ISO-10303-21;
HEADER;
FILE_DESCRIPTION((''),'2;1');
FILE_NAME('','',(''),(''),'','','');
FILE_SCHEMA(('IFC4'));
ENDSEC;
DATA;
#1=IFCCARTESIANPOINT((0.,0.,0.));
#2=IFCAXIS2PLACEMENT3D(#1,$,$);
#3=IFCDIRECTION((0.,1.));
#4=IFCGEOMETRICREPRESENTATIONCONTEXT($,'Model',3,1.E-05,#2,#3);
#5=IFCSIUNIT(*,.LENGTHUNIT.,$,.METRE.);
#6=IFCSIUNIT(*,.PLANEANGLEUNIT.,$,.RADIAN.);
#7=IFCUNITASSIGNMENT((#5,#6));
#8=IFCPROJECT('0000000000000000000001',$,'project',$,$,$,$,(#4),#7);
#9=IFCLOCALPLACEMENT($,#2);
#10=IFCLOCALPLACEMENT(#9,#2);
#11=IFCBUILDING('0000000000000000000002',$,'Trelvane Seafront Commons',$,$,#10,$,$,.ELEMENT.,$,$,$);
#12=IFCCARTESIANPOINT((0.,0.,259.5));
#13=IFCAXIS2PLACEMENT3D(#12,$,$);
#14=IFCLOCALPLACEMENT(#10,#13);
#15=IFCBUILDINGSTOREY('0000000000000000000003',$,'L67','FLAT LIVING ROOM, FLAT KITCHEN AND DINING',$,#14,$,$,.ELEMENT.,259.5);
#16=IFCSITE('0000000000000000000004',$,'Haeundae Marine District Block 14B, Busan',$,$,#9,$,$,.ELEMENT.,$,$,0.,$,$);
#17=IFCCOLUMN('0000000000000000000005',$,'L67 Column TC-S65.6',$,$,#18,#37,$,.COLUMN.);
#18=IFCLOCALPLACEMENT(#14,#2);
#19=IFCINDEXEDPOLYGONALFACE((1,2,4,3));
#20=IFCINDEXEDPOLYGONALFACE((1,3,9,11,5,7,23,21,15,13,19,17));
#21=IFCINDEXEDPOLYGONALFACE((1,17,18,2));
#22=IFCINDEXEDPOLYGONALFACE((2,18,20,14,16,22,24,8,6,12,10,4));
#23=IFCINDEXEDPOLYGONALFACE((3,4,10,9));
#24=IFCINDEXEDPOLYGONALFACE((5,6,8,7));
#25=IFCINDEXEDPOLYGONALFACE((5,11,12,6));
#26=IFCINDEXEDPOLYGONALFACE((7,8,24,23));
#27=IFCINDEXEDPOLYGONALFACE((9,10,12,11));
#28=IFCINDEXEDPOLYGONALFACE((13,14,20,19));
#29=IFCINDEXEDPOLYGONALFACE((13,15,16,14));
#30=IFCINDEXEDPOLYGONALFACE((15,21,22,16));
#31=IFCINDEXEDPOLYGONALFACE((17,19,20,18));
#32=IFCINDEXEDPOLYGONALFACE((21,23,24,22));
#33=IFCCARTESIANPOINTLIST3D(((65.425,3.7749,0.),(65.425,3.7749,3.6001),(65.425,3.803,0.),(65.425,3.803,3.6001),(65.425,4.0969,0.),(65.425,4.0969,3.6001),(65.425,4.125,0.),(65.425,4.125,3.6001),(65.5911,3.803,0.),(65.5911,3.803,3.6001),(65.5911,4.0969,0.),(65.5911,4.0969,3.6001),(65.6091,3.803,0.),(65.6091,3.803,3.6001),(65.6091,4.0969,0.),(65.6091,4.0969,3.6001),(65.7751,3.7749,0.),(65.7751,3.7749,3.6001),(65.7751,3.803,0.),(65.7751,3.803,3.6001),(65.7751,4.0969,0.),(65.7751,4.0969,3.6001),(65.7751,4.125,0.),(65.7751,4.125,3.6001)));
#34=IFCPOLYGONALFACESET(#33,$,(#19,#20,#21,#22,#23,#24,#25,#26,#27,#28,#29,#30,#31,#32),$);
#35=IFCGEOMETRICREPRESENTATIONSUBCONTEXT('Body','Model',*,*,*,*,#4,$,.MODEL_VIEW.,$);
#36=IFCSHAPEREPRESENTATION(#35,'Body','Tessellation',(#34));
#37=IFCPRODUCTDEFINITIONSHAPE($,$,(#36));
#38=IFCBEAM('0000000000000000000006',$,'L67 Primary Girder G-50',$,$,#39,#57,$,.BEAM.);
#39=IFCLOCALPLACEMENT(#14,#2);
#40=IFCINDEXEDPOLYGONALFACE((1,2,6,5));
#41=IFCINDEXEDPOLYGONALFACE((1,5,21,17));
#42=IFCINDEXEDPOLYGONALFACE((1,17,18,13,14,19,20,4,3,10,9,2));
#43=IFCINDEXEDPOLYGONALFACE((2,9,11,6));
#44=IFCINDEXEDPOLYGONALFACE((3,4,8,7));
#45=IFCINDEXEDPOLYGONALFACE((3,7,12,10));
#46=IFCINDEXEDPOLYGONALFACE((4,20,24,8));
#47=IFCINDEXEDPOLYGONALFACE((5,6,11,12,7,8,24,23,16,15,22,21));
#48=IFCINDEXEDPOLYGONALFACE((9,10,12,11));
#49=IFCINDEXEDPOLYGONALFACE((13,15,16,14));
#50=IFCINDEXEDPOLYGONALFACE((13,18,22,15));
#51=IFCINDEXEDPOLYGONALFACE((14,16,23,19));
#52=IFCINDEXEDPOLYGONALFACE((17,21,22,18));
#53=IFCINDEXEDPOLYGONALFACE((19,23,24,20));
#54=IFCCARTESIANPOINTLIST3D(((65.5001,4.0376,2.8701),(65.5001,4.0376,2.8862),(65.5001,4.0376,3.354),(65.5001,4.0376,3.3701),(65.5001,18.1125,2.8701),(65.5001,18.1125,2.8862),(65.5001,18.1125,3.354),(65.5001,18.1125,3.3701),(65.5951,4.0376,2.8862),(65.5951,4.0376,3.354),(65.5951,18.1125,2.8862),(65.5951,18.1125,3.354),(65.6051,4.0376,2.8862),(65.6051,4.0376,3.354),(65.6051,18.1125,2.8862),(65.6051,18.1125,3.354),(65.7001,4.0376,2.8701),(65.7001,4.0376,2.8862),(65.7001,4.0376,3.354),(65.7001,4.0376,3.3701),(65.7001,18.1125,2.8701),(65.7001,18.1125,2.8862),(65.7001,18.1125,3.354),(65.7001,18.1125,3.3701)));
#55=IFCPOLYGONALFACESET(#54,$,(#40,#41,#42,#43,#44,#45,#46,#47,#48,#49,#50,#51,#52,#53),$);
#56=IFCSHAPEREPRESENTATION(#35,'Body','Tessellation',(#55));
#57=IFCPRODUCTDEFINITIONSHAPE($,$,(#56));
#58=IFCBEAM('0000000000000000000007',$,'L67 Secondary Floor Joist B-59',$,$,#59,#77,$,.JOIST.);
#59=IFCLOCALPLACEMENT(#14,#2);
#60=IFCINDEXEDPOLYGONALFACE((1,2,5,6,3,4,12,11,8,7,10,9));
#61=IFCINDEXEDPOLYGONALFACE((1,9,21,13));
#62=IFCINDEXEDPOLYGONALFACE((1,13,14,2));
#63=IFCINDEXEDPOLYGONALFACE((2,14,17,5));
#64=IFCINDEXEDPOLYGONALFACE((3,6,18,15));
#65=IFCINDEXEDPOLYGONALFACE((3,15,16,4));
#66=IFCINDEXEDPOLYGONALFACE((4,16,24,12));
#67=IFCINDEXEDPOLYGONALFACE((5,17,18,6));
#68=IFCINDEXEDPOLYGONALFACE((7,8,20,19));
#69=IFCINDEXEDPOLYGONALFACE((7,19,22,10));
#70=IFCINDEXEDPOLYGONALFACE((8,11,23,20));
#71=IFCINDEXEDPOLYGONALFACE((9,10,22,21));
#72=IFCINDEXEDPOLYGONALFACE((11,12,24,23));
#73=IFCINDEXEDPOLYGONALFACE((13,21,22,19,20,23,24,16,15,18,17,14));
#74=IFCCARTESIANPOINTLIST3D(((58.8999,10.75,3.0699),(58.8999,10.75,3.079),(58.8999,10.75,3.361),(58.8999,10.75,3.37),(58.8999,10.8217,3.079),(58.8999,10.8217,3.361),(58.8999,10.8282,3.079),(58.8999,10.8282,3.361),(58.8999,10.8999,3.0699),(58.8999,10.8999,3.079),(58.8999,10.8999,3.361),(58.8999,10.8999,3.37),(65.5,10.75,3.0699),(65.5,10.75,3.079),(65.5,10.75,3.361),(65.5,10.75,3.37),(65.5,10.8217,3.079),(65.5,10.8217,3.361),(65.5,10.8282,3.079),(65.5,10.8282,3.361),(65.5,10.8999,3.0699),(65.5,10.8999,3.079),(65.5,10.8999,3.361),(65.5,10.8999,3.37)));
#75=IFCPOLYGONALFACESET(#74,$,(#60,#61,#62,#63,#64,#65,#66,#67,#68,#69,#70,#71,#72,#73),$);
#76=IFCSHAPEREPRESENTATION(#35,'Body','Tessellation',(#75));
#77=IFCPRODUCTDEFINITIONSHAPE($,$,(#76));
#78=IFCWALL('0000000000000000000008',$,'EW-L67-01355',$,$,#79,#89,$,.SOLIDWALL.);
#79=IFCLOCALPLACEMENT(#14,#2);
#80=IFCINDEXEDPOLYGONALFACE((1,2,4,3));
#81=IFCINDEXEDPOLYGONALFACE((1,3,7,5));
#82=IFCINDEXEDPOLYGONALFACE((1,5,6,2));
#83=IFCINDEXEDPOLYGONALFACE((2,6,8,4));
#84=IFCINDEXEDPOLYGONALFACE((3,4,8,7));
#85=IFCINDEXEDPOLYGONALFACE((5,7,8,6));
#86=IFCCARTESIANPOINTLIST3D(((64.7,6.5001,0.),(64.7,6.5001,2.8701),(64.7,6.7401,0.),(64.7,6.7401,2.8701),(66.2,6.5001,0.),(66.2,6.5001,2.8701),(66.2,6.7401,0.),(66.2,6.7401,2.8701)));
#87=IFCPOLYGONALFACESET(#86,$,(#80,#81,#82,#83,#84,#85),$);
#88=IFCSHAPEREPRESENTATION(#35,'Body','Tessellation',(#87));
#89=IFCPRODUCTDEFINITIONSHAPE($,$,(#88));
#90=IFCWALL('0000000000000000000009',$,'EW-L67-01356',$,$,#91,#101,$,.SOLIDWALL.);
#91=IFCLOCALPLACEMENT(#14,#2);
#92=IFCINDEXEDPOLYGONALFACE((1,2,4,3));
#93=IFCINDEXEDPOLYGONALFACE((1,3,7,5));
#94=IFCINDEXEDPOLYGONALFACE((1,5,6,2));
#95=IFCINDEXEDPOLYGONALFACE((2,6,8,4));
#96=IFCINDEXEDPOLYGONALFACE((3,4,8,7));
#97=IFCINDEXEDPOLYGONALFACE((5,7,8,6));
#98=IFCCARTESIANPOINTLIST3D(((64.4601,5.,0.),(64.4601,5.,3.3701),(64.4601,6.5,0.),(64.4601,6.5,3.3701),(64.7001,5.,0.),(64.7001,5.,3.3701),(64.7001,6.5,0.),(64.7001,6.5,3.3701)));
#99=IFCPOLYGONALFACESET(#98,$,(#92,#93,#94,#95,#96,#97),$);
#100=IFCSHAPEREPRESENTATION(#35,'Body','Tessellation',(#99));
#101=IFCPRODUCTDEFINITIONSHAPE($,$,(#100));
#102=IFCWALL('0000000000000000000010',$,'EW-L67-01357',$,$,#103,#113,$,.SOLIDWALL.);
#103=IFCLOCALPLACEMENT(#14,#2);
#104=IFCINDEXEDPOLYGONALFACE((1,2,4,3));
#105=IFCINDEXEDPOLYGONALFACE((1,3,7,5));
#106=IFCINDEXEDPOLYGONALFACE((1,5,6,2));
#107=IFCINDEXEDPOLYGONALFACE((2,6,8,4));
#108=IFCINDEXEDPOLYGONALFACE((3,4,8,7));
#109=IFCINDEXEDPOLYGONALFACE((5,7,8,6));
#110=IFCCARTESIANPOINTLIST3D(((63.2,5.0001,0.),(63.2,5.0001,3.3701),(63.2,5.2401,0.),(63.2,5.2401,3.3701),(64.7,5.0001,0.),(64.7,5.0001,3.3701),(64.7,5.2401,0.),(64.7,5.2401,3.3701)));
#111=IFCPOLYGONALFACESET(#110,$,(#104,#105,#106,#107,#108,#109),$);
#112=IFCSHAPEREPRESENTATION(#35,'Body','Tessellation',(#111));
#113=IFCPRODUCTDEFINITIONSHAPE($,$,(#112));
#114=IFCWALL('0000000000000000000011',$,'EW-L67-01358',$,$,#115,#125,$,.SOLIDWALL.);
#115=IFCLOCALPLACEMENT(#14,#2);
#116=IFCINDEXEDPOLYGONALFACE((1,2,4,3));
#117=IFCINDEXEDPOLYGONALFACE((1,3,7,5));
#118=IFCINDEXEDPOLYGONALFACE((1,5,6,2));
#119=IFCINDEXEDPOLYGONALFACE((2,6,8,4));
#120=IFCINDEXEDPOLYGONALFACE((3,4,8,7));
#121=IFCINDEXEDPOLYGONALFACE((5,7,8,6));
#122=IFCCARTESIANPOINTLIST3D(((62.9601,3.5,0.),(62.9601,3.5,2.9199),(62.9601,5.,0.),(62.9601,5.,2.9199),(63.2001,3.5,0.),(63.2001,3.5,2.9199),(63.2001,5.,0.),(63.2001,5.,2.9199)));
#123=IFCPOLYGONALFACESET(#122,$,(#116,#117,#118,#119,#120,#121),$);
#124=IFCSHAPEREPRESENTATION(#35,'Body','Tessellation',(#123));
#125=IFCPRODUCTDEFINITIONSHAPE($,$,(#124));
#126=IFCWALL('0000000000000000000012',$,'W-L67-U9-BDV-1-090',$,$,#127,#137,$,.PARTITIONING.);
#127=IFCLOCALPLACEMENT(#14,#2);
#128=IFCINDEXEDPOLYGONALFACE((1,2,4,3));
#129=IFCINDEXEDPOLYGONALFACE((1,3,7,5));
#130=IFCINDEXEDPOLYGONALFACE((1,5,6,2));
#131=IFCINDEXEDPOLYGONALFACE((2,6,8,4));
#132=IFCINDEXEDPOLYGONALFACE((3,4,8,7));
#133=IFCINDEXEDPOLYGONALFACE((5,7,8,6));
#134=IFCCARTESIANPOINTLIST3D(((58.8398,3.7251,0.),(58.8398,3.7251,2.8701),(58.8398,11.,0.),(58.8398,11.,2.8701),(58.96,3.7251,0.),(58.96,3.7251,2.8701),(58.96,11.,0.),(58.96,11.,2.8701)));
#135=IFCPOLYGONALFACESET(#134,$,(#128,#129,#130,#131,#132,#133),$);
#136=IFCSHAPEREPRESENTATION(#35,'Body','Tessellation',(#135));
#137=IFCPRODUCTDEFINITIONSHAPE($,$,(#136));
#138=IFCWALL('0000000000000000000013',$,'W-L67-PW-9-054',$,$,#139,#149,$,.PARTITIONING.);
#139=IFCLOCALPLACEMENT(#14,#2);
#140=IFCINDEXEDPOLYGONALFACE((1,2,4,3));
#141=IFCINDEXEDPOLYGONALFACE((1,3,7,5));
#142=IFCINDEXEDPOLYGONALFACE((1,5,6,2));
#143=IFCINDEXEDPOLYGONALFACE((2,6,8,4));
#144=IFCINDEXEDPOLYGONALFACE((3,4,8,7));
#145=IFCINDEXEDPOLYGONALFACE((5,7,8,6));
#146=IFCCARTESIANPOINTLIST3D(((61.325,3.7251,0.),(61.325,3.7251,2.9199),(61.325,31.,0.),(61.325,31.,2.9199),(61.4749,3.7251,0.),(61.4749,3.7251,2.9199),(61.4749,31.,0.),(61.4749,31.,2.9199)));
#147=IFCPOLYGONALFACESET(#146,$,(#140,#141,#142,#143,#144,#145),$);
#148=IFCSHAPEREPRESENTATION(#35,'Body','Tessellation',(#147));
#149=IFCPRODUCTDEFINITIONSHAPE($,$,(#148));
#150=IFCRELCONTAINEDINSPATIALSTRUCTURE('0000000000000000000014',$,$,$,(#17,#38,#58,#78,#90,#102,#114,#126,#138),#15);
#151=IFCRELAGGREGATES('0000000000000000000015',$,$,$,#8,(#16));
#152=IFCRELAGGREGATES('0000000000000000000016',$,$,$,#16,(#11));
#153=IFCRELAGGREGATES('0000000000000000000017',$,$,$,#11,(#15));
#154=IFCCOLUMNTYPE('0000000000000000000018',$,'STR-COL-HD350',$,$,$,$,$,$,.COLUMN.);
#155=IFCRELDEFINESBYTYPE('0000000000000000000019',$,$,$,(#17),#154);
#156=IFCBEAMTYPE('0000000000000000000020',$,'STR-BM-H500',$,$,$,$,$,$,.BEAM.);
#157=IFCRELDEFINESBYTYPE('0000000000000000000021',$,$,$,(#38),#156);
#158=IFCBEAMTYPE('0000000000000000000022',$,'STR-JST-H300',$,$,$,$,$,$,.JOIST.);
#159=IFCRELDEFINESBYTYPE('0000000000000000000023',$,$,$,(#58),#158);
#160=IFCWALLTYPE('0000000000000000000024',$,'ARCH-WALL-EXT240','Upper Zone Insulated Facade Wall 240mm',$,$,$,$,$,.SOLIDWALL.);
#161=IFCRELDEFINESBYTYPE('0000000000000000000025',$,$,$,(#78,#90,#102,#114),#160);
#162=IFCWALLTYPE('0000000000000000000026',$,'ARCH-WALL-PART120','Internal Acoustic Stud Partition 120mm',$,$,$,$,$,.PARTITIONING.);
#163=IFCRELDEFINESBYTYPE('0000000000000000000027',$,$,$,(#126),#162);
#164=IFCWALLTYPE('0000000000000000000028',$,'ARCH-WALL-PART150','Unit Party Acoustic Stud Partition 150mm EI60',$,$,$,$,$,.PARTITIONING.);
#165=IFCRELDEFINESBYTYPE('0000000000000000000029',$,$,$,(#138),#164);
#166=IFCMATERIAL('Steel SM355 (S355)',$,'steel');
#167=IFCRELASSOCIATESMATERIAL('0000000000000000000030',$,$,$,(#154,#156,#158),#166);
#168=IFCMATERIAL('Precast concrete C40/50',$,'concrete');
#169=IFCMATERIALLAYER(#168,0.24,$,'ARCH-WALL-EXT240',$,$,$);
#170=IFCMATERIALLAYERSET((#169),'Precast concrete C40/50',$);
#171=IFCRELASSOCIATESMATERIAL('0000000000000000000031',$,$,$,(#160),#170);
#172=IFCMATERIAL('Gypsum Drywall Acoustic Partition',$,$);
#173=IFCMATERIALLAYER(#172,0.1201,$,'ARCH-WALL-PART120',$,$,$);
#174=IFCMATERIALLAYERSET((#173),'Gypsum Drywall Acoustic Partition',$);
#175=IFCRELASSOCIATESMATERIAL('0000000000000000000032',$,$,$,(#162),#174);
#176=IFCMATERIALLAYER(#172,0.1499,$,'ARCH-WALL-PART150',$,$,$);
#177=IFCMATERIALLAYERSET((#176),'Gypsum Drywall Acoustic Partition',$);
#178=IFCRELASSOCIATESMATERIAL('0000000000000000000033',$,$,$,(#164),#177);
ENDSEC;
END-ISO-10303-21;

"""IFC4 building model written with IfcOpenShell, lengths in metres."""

from ifc_helpers import new_model, si_unit, direction, frame, frame_2d, origin, origin_2d, place, context, subcontext, project, spatial, rectangle, i_section, extrude, source, transform, mapped, material, layer, layer_set, material_profile, profile_set, type_object, element, save


model = new_model("IFC4")

# Units and contexts
model_context = context("Model", 3, precision=1e-05, world=origin(), true_north=direction((0.0, 1.0)))
body_context = subcontext(model_context, "Body", "Model", "MODEL_VIEW")
ifc_project = project(units=[si_unit("LENGTHUNIT", "METRE"), si_unit("PLANEANGLEUNIT", "RADIAN")], contexts=[model_context])

# Site, building, storey
site_placement = place(None, origin())
site = spatial("IfcSite", under=ifc_project, at=site_placement, Name="Haeundae Marine District Block 14B, Busan", CompositionType="ELEMENT", RefElevation=0.0)
building_placement = place(site_placement, origin())
building = spatial("IfcBuilding", under=site, at=building_placement, Name="Trelvane Seafront Commons", CompositionType="ELEMENT")
storey_placement = place(building_placement, frame((0.0, 0.0, 259.5)))
storey = spatial("IfcBuildingStorey", under=building, at=storey_placement, Name="L67", Description="FLAT LIVING ROOM, FLAT KITCHEN AND DINING", CompositionType="ELEMENT", Elevation=259.5)

# Column
ifc_material_1 = material(Name="Steel SM355 (S355)", Category="steel")
ifc_material_profile_1 = material_profile(ifc_material_1, i_section(OverallWidth=0.3501, OverallDepth=0.3501, WebThickness=0.0181, FlangeThickness=0.0281, at=origin_2d()), Name="HD-350x350x18x28")
ifc_profile_set_1 = profile_set([ifc_material_profile_1], Name="Steel SM355 (S355)")
column_type = type_object("IfcColumnType", Name="STR-COL-HD350", PredefinedType="COLUMN", material=ifc_profile_set_1)
shared_shape_1 = source(origin(), body_context, "Body", "SweptSolid", [
    extrude(i_section(OverallWidth=0.3501, OverallDepth=0.3501, WebThickness=0.0181, FlangeThickness=0.0281, at=origin_2d()), origin(), (0.0, 0.0, 1.0), 3.6001),
])
column_placement = place(storey_placement, frame((65.6001, 3.95, 0.0), z_axis=(0.0, 0.0, 1.0), x_axis=(1.0, 0.0, 0.0)))
element("IfcColumn", 1, at=column_placement, inside=storey, type_object=column_type, Name="L67 Column TC-S65.6", PredefinedType="COLUMN", context=body_context, shape_type="MappedRepresentation", body=[
    mapped(shared_shape_1, transform((0.0, 0.0, 0.0), x_axis=(1.0, 0.0, 0.0), y_axis=(0.0, 1.0, 0.0), z_axis=(0.0, 0.0, 1.0), scale=1.0)),
])

# Beams
ifc_material_profile_2 = material_profile(ifc_material_1, i_section(OverallWidth=0.2, OverallDepth=0.5, WebThickness=0.01, FlangeThickness=0.0161, at=origin_2d()), Name="H-500x200x10x16")
ifc_profile_set_2 = profile_set([ifc_material_profile_2], Name="Steel SM355 (S355)")
beam_type_1 = type_object("IfcBeamType", Name="STR-BM-H500", PredefinedType="BEAM", material=ifc_profile_set_2)
shared_shape_2 = source(origin(), body_context, "Body", "SweptSolid", [
    extrude(i_section(OverallWidth=0.2, OverallDepth=0.5, WebThickness=0.01, FlangeThickness=0.0161, at=origin_2d()), origin(), (0.0, 0.0, 1.0), 14.075),
])
beam_1_placement = place(storey_placement, frame((65.6001, 4.0376, 3.1201), z_axis=(0.0, 1.0, 0.0), x_axis=(-1.0, 0.0, 0.0)))
element("IfcBeam", 2, at=beam_1_placement, inside=storey, type_object=beam_type_1, Name="L67 Primary Girder G-50", PredefinedType="BEAM", context=body_context, shape_type="MappedRepresentation", body=[
    mapped(shared_shape_2, transform((0.0, 0.0, 0.0), x_axis=(1.0, 0.0, 0.0), y_axis=(0.0, 1.0, 0.0), z_axis=(0.0, 0.0, 1.0), scale=1.0)),
])
ifc_material_profile_3 = material_profile(ifc_material_1, i_section(OverallWidth=0.1499, OverallDepth=0.3, WebThickness=0.0066, FlangeThickness=0.009, at=origin_2d()), Name="H-300x150x6.5x9")
ifc_profile_set_3 = profile_set([ifc_material_profile_3], Name="Steel SM355 (S355)")
beam_type_2 = type_object("IfcBeamType", Name="STR-JST-H300", PredefinedType="JOIST", material=ifc_profile_set_3)
shared_shape_3 = source(origin(), body_context, "Body", "SweptSolid", [
    extrude(i_section(OverallWidth=0.1499, OverallDepth=0.3, WebThickness=0.0066, FlangeThickness=0.009, at=origin_2d()), origin(), (0.0, 0.0, 1.0), 6.6001),
])
beam_2_placement = place(storey_placement, frame((58.8999, 10.825, 3.22), z_axis=(1.0, 0.0, 0.0), x_axis=(0.0, 1.0, 0.0)))
element("IfcBeam", 3, at=beam_2_placement, inside=storey, type_object=beam_type_2, Name="L67 Secondary Floor Joist B-59", PredefinedType="JOIST", context=body_context, shape_type="MappedRepresentation", body=[
    mapped(shared_shape_3, transform((0.0, 0.0, 0.0), x_axis=(1.0, 0.0, 0.0), y_axis=(0.0, 1.0, 0.0), z_axis=(0.0, 0.0, 1.0), scale=1.0)),
])

# Walls
ifc_material_2 = material(Name="Precast concrete C40/50", Category="concrete")
ifc_layer_1 = layer(ifc_material_2, 0.24, Name="ARCH-WALL-EXT240")
ifc_layer_set_1 = layer_set([ifc_layer_1], Name="Precast concrete C40/50")
wall_type_1 = type_object("IfcWallType", Name="ARCH-WALL-EXT240", Description="Upper Zone Insulated Facade Wall 240mm", PredefinedType="SOLIDWALL", material=ifc_layer_set_1)
wall_1_placement = place(storey_placement, frame((66.2, 6.6201, 0.0), z_axis=(0.0, 0.0, 1.0), x_axis=(-1.0, 0.0, 0.0)))
element("IfcWall", 4, at=wall_1_placement, inside=storey, type_object=wall_type_1, Name="EW-L67-01355", PredefinedType="SOLIDWALL", context=body_context, shape_type="SweptSolid", body=[
    extrude(rectangle(XDim=1.5, YDim=0.24, at=frame_2d((0.75, 0.0))), origin(), (0.0, 0.0, 1.0), 2.8701),
])
for number, where, z_axis, x_axis, name in (
    (5, (64.5801, 6.5, 0.0), (0.0, 0.0, 1.0), (0.0, -1.0, 0.0), "EW-L67-01356"),
    (6, (64.7, 5.1201, 0.0), (0.0, 0.0, 1.0), (-1.0, 0.0, 0.0), "EW-L67-01357"),
):
    element("IfcWall", number, at=place(storey_placement, frame(where, z_axis=z_axis, x_axis=x_axis)), inside=storey, type_object=wall_type_1, Name=name, PredefinedType="SOLIDWALL", context=body_context, shape_type="SweptSolid", body=[
        extrude(rectangle(XDim=1.5, YDim=0.24, at=frame_2d((0.75, 0.0))), origin(), (0.0, 0.0, 1.0), 3.3701),
    ])
wall_2_placement = place(storey_placement, frame((63.0801, 5.0, 0.0), z_axis=(0.0, 0.0, 1.0), x_axis=(0.0, -1.0, 0.0)))
element("IfcWall", 7, at=wall_2_placement, inside=storey, type_object=wall_type_1, Name="EW-L67-01358", PredefinedType="SOLIDWALL", context=body_context, shape_type="SweptSolid", body=[
    extrude(rectangle(XDim=1.5, YDim=0.24, at=frame_2d((0.75, 0.0))), origin(), (0.0, 0.0, 1.0), 2.9199),
])

# Shared definitions
ifc_material_3 = material(Name="Gypsum Drywall Acoustic Partition")
ifc_layer_2 = layer(ifc_material_3, 0.1201, Name="ARCH-WALL-PART120")
ifc_layer_set_2 = layer_set([ifc_layer_2], Name="Gypsum Drywall Acoustic Partition")
wall_type_2 = type_object("IfcWallType", Name="ARCH-WALL-PART120", Description="Internal Acoustic Stud Partition 120mm", PredefinedType="PARTITIONING", material=ifc_layer_set_2)

# Walls
wall_3_placement = place(storey_placement, frame((58.8999, 3.7251, 0.0), z_axis=(0.0, 0.0, 1.0), x_axis=(0.0, 1.0, 0.0)))
element("IfcWall", 8, at=wall_3_placement, inside=storey, type_object=wall_type_2, Name="W-L67-U9-BDV-1-090", PredefinedType="PARTITIONING", context=body_context, shape_type="SweptSolid", body=[
    extrude(rectangle(XDim=7.2749, YDim=0.1201, at=frame_2d((3.6375, 0.0))), origin(), (0.0, 0.0, 1.0), 2.8701),
])
ifc_layer_3 = layer(ifc_material_3, 0.1499, Name="ARCH-WALL-PART150")
ifc_layer_set_3 = layer_set([ifc_layer_3], Name="Gypsum Drywall Acoustic Partition")
wall_type_3 = type_object("IfcWallType", Name="ARCH-WALL-PART150", Description="Unit Party Acoustic Stud Partition 150mm EI60", PredefinedType="PARTITIONING", material=ifc_layer_set_3)
wall_4_placement = place(storey_placement, frame((61.3999, 3.7251, 0.0), z_axis=(0.0, 0.0, 1.0), x_axis=(0.0, 1.0, 0.0)))
element("IfcWall", 9, at=wall_4_placement, inside=storey, type_object=wall_type_3, Name="W-L67-PW-9-054", PredefinedType="PARTITIONING", context=body_context, shape_type="SweptSolid", body=[
    extrude(rectangle(XDim=27.2749, YDim=0.1499, at=frame_2d((13.6375, 0.0))), origin(), (0.0, 0.0, 1.0), 2.9199),
])

save(model, "model.ifc")
